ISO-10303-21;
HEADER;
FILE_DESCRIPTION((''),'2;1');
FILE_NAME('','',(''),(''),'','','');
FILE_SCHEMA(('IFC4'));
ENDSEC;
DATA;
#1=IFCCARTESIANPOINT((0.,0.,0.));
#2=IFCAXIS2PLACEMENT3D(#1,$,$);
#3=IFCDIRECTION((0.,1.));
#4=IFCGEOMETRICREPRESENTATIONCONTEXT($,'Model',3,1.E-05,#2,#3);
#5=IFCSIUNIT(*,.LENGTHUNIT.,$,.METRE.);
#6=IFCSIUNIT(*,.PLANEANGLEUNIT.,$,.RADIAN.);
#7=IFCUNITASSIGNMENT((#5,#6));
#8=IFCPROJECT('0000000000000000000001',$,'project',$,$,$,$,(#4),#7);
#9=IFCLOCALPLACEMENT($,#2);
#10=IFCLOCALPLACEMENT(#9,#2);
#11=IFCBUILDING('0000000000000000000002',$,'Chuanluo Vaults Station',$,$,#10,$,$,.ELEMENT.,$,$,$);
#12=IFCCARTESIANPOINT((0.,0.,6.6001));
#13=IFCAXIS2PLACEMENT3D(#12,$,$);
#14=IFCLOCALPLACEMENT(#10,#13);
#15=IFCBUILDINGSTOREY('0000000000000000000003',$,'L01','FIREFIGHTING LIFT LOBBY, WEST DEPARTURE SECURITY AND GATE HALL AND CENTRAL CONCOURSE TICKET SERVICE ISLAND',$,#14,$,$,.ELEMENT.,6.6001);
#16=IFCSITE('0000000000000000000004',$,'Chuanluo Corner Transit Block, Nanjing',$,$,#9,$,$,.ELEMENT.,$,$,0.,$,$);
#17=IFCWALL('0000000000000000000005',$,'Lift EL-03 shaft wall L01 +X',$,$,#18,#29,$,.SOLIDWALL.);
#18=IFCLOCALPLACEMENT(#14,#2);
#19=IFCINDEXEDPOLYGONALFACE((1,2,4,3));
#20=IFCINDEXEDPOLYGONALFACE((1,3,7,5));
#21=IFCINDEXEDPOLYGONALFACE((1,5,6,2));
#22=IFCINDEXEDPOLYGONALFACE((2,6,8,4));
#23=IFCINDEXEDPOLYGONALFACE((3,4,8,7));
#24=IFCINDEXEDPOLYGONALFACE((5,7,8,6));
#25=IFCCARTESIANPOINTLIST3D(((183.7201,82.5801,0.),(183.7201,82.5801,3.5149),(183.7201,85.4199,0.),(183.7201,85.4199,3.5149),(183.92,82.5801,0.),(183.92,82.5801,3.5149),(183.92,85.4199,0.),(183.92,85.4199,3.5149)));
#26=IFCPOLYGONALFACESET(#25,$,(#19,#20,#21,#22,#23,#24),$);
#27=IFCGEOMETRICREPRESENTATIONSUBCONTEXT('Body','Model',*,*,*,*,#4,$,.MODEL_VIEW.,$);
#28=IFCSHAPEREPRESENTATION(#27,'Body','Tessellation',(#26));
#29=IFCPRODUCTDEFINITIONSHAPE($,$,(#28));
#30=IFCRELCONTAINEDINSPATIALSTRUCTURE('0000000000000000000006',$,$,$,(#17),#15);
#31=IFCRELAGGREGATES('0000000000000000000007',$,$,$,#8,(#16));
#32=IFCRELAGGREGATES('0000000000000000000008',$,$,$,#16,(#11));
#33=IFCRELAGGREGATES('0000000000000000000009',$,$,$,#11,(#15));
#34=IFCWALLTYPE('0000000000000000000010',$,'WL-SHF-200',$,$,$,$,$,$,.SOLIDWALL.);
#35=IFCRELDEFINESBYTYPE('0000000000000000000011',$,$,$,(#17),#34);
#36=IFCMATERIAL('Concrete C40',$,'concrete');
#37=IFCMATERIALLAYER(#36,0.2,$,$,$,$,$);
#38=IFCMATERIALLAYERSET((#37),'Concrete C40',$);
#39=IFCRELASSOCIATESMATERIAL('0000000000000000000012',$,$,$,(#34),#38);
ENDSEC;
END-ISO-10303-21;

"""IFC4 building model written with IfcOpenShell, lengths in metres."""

from ifc_helpers import new_model, si_unit, direction, frame, frame_2d, origin, place, context, subcontext, project, spatial, rectangle, extrude, material, layer, layer_set, type_object, element, save


model = new_model("IFC4")

# Units and contexts
model_context = context("Model", 3, precision=1e-05, world=origin(), true_north=direction((0.0, 1.0)))
body_context = subcontext(model_context, "Body", "Model", "MODEL_VIEW")
ifc_project = project(units=[si_unit("LENGTHUNIT", "METRE"), si_unit("PLANEANGLEUNIT", "RADIAN")], contexts=[model_context])

# Site, building, storey
site_placement = place(None, origin())
site = spatial("IfcSite", under=ifc_project, at=site_placement, Name="Chuanluo Corner Transit Block, Nanjing", CompositionType="ELEMENT", RefElevation=0.0)
building_placement = place(site_placement, origin())
building = spatial("IfcBuilding", under=site, at=building_placement, Name="Chuanluo Vaults Station", CompositionType="ELEMENT")
storey_placement = place(building_placement, frame((0.0, 0.0, 6.6001)))
storey = spatial("IfcBuildingStorey", under=building, at=storey_placement, Name="L01", Description="FIREFIGHTING LIFT LOBBY, WEST DEPARTURE SECURITY AND GATE HALL AND CENTRAL CONCOURSE TICKET SERVICE ISLAND", CompositionType="ELEMENT", Elevation=6.6001)

# Wall
ifc_material_1 = material(Name="Concrete C40", Category="concrete")
ifc_layer_1 = layer(ifc_material_1, 0.2)
ifc_layer_set_1 = layer_set([ifc_layer_1], Name="Concrete C40")
wall_type = type_object("IfcWallType", Name="WL-SHF-200", PredefinedType="SOLIDWALL", material=ifc_layer_set_1)
wall_1_placement = place(storey_placement, frame((183.8201, 82.5801, 0.0), z_axis=(0.0, 0.0, 1.0), x_axis=(0.0, 1.0, 0.0)))
element("IfcWall", 1, at=wall_1_placement, inside=storey, type_object=wall_type, Name="Lift EL-03 shaft wall L01 +X", PredefinedType="SOLIDWALL", context=body_context, shape_type="SweptSolid", body=[
    extrude(rectangle(XDim=2.8398, YDim=0.2, at=frame_2d((1.4199, 0.0))), origin(), (0.0, 0.0, 1.0), 3.5149),
])

save(model, "model.ifc")
